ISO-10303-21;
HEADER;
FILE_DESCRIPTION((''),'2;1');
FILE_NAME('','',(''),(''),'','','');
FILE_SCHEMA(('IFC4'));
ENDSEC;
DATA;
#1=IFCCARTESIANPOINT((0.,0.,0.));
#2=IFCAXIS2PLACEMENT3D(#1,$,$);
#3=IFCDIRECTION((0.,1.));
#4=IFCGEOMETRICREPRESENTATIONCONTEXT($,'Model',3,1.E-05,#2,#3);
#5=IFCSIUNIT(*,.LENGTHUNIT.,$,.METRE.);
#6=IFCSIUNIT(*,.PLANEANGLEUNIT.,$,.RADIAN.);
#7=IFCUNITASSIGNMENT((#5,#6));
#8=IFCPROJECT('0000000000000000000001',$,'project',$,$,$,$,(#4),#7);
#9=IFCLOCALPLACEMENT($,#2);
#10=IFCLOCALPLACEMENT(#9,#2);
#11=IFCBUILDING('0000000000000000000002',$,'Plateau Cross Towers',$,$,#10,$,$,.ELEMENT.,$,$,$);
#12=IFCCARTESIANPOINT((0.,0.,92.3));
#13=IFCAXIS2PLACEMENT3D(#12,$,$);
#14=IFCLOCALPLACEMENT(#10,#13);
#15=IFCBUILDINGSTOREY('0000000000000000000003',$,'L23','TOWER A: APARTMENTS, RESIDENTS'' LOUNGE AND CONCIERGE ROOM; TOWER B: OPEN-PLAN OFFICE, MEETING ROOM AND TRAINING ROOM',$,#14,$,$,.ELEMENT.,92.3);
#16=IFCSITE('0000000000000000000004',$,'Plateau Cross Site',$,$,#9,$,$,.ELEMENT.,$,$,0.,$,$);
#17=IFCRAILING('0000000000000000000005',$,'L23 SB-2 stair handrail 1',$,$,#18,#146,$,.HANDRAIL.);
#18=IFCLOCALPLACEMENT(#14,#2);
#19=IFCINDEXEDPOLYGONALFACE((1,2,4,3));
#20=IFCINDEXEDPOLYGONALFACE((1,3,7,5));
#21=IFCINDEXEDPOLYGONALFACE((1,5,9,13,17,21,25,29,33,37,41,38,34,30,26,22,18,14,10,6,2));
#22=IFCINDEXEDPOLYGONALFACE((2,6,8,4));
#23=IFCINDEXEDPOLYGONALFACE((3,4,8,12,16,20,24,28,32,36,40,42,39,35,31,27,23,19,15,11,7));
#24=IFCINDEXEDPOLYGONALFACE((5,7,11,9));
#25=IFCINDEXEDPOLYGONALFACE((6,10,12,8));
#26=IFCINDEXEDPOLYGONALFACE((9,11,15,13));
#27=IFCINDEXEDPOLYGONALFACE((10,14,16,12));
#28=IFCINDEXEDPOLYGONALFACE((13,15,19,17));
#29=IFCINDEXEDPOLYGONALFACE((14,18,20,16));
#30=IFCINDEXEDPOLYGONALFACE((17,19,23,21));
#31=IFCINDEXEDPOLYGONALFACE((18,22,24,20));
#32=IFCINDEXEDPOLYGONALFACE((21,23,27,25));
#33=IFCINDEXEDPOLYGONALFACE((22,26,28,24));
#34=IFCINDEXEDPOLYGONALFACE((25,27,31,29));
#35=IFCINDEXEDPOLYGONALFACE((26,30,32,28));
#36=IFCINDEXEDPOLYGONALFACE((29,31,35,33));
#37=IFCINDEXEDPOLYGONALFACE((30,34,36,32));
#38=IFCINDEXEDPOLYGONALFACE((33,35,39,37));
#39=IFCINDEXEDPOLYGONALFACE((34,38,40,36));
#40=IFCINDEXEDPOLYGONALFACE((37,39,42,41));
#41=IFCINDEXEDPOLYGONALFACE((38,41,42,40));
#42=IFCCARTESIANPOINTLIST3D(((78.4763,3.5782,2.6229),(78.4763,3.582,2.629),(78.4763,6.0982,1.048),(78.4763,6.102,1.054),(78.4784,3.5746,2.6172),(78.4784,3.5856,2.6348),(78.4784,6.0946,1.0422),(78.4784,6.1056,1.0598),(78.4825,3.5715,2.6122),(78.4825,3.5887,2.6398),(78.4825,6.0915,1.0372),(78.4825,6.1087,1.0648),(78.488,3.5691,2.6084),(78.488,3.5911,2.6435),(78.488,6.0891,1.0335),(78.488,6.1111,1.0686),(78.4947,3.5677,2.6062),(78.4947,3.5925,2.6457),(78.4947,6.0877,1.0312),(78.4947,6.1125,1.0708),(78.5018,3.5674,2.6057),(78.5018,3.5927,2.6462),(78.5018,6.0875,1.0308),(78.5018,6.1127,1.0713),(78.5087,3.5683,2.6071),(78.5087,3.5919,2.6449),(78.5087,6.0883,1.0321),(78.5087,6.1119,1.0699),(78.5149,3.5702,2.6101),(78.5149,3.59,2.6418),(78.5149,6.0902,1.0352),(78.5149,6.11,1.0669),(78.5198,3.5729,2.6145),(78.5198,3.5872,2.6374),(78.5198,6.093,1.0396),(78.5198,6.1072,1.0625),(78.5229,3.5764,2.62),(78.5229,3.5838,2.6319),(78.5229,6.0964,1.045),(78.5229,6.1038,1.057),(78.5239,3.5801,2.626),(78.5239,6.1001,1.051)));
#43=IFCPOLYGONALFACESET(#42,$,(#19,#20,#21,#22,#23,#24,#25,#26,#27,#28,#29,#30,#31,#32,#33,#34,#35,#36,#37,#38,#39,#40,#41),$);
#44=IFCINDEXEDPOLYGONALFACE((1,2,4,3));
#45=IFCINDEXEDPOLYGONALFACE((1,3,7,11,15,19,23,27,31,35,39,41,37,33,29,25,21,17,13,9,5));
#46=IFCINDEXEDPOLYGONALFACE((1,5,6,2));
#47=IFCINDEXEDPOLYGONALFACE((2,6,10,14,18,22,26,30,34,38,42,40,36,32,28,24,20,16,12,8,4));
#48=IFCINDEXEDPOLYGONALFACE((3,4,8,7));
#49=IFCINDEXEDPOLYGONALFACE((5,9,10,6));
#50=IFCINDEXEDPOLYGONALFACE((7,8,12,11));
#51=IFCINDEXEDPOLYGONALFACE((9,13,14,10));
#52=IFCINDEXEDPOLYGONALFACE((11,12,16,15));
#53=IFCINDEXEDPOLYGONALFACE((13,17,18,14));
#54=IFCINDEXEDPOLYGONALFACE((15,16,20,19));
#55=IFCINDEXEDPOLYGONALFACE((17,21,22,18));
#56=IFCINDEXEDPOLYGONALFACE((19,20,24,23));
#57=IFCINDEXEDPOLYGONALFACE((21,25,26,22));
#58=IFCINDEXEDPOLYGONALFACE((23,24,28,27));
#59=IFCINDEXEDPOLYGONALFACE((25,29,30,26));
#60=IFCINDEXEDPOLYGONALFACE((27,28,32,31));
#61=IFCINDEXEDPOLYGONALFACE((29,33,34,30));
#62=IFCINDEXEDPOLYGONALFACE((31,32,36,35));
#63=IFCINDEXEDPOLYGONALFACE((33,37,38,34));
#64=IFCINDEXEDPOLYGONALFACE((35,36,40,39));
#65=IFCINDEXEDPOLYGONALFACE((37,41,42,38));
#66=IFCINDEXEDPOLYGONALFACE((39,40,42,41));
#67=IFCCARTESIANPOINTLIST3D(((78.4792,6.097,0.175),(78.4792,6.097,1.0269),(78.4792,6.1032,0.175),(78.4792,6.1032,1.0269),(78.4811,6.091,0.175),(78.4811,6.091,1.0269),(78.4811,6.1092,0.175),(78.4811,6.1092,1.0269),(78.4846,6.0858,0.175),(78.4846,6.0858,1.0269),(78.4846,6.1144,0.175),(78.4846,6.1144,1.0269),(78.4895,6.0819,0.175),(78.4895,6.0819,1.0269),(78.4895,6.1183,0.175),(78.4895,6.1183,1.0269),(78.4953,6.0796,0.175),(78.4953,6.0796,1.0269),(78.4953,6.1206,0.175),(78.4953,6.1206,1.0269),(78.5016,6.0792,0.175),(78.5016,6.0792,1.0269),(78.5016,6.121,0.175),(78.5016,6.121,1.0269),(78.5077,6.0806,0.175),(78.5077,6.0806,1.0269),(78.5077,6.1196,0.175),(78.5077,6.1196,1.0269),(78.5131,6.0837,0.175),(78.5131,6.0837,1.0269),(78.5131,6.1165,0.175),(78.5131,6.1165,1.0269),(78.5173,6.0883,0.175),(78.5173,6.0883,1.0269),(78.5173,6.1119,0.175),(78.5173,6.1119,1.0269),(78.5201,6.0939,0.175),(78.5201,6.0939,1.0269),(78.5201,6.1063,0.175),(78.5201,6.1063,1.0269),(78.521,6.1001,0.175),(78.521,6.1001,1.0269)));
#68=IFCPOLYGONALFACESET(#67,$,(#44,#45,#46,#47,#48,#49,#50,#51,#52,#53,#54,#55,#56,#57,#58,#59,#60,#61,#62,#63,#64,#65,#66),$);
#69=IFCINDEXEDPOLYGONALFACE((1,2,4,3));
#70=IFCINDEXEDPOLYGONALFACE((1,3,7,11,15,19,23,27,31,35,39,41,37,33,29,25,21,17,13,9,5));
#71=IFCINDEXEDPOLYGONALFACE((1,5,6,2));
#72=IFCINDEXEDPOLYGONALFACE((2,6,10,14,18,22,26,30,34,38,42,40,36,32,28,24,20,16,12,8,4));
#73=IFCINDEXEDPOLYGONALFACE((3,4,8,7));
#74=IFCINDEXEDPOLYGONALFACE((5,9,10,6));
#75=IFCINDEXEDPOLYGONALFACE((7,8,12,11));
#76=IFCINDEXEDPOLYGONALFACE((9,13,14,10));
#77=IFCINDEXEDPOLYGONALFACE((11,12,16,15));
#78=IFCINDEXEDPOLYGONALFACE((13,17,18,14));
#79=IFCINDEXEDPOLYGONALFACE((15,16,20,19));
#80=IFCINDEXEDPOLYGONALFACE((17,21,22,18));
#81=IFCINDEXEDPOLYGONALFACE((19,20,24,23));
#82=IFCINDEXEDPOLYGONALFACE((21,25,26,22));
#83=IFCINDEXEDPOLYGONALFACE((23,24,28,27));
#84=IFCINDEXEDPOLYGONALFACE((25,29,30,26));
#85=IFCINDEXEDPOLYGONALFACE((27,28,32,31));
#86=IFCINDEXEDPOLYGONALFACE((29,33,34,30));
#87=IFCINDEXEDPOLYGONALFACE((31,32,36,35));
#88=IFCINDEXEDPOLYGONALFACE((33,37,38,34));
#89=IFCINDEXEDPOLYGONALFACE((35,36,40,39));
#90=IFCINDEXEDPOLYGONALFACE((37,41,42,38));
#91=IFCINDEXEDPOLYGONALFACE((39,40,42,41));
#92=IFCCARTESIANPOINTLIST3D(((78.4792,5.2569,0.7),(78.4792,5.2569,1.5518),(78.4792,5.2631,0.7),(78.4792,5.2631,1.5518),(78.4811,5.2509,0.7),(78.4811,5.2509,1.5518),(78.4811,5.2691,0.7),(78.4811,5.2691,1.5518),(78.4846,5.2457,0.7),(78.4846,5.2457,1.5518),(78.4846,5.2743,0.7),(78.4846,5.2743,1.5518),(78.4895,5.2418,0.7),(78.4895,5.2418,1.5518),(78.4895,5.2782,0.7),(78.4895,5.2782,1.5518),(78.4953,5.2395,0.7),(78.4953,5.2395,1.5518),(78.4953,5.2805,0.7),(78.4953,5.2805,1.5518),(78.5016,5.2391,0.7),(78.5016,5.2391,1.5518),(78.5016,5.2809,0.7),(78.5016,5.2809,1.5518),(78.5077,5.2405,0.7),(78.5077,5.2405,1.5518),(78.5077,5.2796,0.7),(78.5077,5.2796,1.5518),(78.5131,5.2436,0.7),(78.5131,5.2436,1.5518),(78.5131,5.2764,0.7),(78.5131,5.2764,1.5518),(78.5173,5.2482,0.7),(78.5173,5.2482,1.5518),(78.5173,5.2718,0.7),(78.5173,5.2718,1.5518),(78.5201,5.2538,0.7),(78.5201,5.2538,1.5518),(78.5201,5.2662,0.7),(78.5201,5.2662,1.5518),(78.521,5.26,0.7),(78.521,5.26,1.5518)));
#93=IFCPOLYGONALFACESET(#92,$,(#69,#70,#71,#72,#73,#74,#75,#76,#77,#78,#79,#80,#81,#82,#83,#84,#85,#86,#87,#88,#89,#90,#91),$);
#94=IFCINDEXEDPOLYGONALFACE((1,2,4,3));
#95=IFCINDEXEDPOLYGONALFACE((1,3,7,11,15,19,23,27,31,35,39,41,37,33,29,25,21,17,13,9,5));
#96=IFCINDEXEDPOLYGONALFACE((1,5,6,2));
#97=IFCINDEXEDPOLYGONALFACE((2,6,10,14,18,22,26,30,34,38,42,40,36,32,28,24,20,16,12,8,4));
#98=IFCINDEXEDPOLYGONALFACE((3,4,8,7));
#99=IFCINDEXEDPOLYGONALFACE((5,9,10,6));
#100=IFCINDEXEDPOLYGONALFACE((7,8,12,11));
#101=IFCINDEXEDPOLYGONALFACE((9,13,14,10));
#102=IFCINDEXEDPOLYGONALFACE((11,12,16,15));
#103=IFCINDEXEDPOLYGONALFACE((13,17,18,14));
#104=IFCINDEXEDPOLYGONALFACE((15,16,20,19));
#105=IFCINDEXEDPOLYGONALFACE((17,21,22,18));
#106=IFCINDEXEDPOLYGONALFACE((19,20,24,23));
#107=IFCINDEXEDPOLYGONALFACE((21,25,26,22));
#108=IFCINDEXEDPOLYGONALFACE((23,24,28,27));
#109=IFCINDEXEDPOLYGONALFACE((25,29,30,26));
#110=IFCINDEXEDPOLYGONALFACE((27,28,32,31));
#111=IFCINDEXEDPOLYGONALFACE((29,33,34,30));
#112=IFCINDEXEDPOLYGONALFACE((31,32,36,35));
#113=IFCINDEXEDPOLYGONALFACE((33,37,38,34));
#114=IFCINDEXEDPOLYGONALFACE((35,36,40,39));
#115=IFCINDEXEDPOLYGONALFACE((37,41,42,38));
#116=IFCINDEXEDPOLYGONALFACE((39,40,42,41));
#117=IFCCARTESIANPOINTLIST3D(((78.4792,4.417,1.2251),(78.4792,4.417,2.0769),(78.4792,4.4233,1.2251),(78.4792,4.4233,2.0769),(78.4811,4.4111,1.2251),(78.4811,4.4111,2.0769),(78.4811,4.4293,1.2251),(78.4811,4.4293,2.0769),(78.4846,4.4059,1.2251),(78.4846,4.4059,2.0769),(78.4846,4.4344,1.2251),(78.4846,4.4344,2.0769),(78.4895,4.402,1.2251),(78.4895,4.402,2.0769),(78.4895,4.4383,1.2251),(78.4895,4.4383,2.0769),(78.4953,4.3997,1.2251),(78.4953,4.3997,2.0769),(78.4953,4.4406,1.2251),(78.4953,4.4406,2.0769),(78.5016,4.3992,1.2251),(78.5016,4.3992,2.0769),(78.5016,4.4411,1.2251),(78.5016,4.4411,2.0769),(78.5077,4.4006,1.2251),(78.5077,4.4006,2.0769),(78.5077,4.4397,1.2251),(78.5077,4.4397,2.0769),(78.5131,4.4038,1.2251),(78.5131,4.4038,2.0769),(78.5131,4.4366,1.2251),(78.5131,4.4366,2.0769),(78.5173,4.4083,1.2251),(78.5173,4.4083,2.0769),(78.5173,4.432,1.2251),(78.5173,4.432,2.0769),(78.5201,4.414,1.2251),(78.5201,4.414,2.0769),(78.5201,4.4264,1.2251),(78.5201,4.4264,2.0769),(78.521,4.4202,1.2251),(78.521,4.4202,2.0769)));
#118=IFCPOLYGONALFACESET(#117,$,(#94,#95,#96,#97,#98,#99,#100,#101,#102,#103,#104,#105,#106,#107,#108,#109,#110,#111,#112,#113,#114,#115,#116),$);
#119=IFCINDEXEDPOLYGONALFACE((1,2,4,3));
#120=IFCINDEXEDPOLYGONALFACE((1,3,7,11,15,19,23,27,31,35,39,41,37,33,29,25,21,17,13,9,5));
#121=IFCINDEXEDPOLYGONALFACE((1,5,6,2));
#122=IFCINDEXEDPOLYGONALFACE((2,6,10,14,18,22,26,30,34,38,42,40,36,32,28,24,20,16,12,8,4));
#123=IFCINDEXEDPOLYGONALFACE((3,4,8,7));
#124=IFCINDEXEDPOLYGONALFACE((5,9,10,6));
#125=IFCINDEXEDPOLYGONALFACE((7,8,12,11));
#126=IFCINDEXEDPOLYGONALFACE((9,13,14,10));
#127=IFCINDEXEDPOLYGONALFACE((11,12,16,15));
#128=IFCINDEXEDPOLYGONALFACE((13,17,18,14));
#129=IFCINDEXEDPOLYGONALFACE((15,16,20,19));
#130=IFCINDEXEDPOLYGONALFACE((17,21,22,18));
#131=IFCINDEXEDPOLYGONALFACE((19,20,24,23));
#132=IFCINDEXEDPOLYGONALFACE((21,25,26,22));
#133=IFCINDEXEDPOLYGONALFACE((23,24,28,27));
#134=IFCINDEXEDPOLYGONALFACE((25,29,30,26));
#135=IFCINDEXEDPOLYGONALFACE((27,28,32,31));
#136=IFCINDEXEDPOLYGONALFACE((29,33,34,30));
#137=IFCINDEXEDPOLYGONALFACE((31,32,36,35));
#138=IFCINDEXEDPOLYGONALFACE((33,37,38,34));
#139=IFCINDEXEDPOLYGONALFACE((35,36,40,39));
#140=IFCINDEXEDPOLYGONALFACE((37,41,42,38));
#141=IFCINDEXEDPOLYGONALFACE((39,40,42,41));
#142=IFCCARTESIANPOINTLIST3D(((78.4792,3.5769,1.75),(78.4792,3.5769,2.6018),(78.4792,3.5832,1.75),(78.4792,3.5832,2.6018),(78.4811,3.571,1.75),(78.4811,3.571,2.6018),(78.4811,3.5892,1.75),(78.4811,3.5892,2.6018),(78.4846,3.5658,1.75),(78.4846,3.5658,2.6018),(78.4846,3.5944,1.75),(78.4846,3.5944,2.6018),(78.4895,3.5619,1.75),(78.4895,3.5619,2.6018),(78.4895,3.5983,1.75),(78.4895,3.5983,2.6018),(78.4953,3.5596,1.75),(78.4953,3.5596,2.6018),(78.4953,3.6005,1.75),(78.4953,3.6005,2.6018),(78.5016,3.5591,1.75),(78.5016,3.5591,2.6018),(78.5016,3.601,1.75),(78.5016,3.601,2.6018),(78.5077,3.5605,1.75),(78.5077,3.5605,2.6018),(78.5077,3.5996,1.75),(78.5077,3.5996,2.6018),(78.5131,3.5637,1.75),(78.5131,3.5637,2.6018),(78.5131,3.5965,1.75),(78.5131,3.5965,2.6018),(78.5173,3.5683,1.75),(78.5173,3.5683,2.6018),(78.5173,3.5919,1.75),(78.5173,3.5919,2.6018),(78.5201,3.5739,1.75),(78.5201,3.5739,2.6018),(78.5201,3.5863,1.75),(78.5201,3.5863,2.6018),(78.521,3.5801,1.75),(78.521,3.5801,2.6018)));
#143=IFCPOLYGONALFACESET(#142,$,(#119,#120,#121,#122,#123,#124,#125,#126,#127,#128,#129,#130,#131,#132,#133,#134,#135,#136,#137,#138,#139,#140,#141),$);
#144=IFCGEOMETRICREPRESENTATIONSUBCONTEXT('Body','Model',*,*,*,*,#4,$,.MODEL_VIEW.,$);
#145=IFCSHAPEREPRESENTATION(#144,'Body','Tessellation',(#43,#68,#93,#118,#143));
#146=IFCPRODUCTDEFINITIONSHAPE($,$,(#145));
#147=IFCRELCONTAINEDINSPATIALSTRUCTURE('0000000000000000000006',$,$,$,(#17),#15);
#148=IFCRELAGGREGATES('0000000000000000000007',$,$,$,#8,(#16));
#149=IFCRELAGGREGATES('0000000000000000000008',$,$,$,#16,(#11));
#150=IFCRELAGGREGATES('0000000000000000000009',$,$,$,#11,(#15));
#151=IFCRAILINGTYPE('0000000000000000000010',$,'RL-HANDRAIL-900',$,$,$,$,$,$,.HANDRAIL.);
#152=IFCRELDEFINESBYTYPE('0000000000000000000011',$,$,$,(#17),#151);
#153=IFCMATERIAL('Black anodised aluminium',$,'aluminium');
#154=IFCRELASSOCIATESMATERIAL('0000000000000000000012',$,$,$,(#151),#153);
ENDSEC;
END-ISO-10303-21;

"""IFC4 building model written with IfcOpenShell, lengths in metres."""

from ifc_helpers import new_model, si_unit, direction, frame, origin, origin_2d, place, context, subcontext, project, spatial, circle, extrude, material, type_object, element, save


model = new_model("IFC4")

# Units and contexts
model_context = context("Model", 3, precision=1e-05, world=origin(), true_north=direction((0.0, 1.0)))
body_context = subcontext(model_context, "Body", "Model", "MODEL_VIEW")
ifc_project = project(units=[si_unit("LENGTHUNIT", "METRE"), si_unit("PLANEANGLEUNIT", "RADIAN")], contexts=[model_context])

# Site, building, storey
site_placement = place(None, origin())
site = spatial("IfcSite", under=ifc_project, at=site_placement, Name="Plateau Cross Site", CompositionType="ELEMENT", RefElevation=0.0)
building_placement = place(site_placement, origin())
building = spatial("IfcBuilding", under=site, at=building_placement, Name="Plateau Cross Towers", CompositionType="ELEMENT")
storey_placement = place(building_placement, frame((0.0, 0.0, 92.3)))
storey = spatial("IfcBuildingStorey", under=building, at=storey_placement, Name="L23", Description="TOWER A: APARTMENTS, RESIDENTS' LOUNGE AND CONCIERGE ROOM; TOWER B: OPEN-PLAN OFFICE, MEETING ROOM AND TRAINING ROOM", CompositionType="ELEMENT", Elevation=92.3)

# Railing
ifc_material_1 = material(Name="Black anodised aluminium", Category="aluminium")
railing_type_1 = type_object("IfcRailingType", Name="RL-HANDRAIL-900", PredefinedType="HANDRAIL", material=ifc_material_1)
railing_1_placement = place(storey_placement, frame((78.5, 6.1001, 0.175)))
element("IfcRailing", 1, at=railing_1_placement, inside=storey, type_object=railing_type_1, Name="L23 SB-2 stair handrail 1", PredefinedType="HANDRAIL", context=body_context, shape_type="SweptSolid", body=[
    extrude(circle(Radius=0.0239, at=origin_2d()), frame((0.0, 0.0, 0.876), z_axis=(0.0, -0.848008, 0.529984), x_axis=(1.0, 0.0, 0.0)), (0.0, 0.0, 1.0), 2.9717),
    extrude(circle(Radius=0.021, at=origin_2d()), origin(), (0.0, 0.0, 1.0), 0.8518),
    extrude(circle(Radius=0.021, at=origin_2d()), frame((0.0, -0.8401, 0.5249)), (0.0, 0.0, 1.0), 0.8518),
    extrude(circle(Radius=0.021, at=origin_2d()), frame((0.0, -1.6799, 1.05)), (0.0, 0.0, 1.0), 0.8518),
    extrude(circle(Radius=0.021, at=origin_2d()), frame((0.0, -2.52, 1.575)), (0.0, 0.0, 1.0), 0.8518),
])

save(model, "model.ifc")
